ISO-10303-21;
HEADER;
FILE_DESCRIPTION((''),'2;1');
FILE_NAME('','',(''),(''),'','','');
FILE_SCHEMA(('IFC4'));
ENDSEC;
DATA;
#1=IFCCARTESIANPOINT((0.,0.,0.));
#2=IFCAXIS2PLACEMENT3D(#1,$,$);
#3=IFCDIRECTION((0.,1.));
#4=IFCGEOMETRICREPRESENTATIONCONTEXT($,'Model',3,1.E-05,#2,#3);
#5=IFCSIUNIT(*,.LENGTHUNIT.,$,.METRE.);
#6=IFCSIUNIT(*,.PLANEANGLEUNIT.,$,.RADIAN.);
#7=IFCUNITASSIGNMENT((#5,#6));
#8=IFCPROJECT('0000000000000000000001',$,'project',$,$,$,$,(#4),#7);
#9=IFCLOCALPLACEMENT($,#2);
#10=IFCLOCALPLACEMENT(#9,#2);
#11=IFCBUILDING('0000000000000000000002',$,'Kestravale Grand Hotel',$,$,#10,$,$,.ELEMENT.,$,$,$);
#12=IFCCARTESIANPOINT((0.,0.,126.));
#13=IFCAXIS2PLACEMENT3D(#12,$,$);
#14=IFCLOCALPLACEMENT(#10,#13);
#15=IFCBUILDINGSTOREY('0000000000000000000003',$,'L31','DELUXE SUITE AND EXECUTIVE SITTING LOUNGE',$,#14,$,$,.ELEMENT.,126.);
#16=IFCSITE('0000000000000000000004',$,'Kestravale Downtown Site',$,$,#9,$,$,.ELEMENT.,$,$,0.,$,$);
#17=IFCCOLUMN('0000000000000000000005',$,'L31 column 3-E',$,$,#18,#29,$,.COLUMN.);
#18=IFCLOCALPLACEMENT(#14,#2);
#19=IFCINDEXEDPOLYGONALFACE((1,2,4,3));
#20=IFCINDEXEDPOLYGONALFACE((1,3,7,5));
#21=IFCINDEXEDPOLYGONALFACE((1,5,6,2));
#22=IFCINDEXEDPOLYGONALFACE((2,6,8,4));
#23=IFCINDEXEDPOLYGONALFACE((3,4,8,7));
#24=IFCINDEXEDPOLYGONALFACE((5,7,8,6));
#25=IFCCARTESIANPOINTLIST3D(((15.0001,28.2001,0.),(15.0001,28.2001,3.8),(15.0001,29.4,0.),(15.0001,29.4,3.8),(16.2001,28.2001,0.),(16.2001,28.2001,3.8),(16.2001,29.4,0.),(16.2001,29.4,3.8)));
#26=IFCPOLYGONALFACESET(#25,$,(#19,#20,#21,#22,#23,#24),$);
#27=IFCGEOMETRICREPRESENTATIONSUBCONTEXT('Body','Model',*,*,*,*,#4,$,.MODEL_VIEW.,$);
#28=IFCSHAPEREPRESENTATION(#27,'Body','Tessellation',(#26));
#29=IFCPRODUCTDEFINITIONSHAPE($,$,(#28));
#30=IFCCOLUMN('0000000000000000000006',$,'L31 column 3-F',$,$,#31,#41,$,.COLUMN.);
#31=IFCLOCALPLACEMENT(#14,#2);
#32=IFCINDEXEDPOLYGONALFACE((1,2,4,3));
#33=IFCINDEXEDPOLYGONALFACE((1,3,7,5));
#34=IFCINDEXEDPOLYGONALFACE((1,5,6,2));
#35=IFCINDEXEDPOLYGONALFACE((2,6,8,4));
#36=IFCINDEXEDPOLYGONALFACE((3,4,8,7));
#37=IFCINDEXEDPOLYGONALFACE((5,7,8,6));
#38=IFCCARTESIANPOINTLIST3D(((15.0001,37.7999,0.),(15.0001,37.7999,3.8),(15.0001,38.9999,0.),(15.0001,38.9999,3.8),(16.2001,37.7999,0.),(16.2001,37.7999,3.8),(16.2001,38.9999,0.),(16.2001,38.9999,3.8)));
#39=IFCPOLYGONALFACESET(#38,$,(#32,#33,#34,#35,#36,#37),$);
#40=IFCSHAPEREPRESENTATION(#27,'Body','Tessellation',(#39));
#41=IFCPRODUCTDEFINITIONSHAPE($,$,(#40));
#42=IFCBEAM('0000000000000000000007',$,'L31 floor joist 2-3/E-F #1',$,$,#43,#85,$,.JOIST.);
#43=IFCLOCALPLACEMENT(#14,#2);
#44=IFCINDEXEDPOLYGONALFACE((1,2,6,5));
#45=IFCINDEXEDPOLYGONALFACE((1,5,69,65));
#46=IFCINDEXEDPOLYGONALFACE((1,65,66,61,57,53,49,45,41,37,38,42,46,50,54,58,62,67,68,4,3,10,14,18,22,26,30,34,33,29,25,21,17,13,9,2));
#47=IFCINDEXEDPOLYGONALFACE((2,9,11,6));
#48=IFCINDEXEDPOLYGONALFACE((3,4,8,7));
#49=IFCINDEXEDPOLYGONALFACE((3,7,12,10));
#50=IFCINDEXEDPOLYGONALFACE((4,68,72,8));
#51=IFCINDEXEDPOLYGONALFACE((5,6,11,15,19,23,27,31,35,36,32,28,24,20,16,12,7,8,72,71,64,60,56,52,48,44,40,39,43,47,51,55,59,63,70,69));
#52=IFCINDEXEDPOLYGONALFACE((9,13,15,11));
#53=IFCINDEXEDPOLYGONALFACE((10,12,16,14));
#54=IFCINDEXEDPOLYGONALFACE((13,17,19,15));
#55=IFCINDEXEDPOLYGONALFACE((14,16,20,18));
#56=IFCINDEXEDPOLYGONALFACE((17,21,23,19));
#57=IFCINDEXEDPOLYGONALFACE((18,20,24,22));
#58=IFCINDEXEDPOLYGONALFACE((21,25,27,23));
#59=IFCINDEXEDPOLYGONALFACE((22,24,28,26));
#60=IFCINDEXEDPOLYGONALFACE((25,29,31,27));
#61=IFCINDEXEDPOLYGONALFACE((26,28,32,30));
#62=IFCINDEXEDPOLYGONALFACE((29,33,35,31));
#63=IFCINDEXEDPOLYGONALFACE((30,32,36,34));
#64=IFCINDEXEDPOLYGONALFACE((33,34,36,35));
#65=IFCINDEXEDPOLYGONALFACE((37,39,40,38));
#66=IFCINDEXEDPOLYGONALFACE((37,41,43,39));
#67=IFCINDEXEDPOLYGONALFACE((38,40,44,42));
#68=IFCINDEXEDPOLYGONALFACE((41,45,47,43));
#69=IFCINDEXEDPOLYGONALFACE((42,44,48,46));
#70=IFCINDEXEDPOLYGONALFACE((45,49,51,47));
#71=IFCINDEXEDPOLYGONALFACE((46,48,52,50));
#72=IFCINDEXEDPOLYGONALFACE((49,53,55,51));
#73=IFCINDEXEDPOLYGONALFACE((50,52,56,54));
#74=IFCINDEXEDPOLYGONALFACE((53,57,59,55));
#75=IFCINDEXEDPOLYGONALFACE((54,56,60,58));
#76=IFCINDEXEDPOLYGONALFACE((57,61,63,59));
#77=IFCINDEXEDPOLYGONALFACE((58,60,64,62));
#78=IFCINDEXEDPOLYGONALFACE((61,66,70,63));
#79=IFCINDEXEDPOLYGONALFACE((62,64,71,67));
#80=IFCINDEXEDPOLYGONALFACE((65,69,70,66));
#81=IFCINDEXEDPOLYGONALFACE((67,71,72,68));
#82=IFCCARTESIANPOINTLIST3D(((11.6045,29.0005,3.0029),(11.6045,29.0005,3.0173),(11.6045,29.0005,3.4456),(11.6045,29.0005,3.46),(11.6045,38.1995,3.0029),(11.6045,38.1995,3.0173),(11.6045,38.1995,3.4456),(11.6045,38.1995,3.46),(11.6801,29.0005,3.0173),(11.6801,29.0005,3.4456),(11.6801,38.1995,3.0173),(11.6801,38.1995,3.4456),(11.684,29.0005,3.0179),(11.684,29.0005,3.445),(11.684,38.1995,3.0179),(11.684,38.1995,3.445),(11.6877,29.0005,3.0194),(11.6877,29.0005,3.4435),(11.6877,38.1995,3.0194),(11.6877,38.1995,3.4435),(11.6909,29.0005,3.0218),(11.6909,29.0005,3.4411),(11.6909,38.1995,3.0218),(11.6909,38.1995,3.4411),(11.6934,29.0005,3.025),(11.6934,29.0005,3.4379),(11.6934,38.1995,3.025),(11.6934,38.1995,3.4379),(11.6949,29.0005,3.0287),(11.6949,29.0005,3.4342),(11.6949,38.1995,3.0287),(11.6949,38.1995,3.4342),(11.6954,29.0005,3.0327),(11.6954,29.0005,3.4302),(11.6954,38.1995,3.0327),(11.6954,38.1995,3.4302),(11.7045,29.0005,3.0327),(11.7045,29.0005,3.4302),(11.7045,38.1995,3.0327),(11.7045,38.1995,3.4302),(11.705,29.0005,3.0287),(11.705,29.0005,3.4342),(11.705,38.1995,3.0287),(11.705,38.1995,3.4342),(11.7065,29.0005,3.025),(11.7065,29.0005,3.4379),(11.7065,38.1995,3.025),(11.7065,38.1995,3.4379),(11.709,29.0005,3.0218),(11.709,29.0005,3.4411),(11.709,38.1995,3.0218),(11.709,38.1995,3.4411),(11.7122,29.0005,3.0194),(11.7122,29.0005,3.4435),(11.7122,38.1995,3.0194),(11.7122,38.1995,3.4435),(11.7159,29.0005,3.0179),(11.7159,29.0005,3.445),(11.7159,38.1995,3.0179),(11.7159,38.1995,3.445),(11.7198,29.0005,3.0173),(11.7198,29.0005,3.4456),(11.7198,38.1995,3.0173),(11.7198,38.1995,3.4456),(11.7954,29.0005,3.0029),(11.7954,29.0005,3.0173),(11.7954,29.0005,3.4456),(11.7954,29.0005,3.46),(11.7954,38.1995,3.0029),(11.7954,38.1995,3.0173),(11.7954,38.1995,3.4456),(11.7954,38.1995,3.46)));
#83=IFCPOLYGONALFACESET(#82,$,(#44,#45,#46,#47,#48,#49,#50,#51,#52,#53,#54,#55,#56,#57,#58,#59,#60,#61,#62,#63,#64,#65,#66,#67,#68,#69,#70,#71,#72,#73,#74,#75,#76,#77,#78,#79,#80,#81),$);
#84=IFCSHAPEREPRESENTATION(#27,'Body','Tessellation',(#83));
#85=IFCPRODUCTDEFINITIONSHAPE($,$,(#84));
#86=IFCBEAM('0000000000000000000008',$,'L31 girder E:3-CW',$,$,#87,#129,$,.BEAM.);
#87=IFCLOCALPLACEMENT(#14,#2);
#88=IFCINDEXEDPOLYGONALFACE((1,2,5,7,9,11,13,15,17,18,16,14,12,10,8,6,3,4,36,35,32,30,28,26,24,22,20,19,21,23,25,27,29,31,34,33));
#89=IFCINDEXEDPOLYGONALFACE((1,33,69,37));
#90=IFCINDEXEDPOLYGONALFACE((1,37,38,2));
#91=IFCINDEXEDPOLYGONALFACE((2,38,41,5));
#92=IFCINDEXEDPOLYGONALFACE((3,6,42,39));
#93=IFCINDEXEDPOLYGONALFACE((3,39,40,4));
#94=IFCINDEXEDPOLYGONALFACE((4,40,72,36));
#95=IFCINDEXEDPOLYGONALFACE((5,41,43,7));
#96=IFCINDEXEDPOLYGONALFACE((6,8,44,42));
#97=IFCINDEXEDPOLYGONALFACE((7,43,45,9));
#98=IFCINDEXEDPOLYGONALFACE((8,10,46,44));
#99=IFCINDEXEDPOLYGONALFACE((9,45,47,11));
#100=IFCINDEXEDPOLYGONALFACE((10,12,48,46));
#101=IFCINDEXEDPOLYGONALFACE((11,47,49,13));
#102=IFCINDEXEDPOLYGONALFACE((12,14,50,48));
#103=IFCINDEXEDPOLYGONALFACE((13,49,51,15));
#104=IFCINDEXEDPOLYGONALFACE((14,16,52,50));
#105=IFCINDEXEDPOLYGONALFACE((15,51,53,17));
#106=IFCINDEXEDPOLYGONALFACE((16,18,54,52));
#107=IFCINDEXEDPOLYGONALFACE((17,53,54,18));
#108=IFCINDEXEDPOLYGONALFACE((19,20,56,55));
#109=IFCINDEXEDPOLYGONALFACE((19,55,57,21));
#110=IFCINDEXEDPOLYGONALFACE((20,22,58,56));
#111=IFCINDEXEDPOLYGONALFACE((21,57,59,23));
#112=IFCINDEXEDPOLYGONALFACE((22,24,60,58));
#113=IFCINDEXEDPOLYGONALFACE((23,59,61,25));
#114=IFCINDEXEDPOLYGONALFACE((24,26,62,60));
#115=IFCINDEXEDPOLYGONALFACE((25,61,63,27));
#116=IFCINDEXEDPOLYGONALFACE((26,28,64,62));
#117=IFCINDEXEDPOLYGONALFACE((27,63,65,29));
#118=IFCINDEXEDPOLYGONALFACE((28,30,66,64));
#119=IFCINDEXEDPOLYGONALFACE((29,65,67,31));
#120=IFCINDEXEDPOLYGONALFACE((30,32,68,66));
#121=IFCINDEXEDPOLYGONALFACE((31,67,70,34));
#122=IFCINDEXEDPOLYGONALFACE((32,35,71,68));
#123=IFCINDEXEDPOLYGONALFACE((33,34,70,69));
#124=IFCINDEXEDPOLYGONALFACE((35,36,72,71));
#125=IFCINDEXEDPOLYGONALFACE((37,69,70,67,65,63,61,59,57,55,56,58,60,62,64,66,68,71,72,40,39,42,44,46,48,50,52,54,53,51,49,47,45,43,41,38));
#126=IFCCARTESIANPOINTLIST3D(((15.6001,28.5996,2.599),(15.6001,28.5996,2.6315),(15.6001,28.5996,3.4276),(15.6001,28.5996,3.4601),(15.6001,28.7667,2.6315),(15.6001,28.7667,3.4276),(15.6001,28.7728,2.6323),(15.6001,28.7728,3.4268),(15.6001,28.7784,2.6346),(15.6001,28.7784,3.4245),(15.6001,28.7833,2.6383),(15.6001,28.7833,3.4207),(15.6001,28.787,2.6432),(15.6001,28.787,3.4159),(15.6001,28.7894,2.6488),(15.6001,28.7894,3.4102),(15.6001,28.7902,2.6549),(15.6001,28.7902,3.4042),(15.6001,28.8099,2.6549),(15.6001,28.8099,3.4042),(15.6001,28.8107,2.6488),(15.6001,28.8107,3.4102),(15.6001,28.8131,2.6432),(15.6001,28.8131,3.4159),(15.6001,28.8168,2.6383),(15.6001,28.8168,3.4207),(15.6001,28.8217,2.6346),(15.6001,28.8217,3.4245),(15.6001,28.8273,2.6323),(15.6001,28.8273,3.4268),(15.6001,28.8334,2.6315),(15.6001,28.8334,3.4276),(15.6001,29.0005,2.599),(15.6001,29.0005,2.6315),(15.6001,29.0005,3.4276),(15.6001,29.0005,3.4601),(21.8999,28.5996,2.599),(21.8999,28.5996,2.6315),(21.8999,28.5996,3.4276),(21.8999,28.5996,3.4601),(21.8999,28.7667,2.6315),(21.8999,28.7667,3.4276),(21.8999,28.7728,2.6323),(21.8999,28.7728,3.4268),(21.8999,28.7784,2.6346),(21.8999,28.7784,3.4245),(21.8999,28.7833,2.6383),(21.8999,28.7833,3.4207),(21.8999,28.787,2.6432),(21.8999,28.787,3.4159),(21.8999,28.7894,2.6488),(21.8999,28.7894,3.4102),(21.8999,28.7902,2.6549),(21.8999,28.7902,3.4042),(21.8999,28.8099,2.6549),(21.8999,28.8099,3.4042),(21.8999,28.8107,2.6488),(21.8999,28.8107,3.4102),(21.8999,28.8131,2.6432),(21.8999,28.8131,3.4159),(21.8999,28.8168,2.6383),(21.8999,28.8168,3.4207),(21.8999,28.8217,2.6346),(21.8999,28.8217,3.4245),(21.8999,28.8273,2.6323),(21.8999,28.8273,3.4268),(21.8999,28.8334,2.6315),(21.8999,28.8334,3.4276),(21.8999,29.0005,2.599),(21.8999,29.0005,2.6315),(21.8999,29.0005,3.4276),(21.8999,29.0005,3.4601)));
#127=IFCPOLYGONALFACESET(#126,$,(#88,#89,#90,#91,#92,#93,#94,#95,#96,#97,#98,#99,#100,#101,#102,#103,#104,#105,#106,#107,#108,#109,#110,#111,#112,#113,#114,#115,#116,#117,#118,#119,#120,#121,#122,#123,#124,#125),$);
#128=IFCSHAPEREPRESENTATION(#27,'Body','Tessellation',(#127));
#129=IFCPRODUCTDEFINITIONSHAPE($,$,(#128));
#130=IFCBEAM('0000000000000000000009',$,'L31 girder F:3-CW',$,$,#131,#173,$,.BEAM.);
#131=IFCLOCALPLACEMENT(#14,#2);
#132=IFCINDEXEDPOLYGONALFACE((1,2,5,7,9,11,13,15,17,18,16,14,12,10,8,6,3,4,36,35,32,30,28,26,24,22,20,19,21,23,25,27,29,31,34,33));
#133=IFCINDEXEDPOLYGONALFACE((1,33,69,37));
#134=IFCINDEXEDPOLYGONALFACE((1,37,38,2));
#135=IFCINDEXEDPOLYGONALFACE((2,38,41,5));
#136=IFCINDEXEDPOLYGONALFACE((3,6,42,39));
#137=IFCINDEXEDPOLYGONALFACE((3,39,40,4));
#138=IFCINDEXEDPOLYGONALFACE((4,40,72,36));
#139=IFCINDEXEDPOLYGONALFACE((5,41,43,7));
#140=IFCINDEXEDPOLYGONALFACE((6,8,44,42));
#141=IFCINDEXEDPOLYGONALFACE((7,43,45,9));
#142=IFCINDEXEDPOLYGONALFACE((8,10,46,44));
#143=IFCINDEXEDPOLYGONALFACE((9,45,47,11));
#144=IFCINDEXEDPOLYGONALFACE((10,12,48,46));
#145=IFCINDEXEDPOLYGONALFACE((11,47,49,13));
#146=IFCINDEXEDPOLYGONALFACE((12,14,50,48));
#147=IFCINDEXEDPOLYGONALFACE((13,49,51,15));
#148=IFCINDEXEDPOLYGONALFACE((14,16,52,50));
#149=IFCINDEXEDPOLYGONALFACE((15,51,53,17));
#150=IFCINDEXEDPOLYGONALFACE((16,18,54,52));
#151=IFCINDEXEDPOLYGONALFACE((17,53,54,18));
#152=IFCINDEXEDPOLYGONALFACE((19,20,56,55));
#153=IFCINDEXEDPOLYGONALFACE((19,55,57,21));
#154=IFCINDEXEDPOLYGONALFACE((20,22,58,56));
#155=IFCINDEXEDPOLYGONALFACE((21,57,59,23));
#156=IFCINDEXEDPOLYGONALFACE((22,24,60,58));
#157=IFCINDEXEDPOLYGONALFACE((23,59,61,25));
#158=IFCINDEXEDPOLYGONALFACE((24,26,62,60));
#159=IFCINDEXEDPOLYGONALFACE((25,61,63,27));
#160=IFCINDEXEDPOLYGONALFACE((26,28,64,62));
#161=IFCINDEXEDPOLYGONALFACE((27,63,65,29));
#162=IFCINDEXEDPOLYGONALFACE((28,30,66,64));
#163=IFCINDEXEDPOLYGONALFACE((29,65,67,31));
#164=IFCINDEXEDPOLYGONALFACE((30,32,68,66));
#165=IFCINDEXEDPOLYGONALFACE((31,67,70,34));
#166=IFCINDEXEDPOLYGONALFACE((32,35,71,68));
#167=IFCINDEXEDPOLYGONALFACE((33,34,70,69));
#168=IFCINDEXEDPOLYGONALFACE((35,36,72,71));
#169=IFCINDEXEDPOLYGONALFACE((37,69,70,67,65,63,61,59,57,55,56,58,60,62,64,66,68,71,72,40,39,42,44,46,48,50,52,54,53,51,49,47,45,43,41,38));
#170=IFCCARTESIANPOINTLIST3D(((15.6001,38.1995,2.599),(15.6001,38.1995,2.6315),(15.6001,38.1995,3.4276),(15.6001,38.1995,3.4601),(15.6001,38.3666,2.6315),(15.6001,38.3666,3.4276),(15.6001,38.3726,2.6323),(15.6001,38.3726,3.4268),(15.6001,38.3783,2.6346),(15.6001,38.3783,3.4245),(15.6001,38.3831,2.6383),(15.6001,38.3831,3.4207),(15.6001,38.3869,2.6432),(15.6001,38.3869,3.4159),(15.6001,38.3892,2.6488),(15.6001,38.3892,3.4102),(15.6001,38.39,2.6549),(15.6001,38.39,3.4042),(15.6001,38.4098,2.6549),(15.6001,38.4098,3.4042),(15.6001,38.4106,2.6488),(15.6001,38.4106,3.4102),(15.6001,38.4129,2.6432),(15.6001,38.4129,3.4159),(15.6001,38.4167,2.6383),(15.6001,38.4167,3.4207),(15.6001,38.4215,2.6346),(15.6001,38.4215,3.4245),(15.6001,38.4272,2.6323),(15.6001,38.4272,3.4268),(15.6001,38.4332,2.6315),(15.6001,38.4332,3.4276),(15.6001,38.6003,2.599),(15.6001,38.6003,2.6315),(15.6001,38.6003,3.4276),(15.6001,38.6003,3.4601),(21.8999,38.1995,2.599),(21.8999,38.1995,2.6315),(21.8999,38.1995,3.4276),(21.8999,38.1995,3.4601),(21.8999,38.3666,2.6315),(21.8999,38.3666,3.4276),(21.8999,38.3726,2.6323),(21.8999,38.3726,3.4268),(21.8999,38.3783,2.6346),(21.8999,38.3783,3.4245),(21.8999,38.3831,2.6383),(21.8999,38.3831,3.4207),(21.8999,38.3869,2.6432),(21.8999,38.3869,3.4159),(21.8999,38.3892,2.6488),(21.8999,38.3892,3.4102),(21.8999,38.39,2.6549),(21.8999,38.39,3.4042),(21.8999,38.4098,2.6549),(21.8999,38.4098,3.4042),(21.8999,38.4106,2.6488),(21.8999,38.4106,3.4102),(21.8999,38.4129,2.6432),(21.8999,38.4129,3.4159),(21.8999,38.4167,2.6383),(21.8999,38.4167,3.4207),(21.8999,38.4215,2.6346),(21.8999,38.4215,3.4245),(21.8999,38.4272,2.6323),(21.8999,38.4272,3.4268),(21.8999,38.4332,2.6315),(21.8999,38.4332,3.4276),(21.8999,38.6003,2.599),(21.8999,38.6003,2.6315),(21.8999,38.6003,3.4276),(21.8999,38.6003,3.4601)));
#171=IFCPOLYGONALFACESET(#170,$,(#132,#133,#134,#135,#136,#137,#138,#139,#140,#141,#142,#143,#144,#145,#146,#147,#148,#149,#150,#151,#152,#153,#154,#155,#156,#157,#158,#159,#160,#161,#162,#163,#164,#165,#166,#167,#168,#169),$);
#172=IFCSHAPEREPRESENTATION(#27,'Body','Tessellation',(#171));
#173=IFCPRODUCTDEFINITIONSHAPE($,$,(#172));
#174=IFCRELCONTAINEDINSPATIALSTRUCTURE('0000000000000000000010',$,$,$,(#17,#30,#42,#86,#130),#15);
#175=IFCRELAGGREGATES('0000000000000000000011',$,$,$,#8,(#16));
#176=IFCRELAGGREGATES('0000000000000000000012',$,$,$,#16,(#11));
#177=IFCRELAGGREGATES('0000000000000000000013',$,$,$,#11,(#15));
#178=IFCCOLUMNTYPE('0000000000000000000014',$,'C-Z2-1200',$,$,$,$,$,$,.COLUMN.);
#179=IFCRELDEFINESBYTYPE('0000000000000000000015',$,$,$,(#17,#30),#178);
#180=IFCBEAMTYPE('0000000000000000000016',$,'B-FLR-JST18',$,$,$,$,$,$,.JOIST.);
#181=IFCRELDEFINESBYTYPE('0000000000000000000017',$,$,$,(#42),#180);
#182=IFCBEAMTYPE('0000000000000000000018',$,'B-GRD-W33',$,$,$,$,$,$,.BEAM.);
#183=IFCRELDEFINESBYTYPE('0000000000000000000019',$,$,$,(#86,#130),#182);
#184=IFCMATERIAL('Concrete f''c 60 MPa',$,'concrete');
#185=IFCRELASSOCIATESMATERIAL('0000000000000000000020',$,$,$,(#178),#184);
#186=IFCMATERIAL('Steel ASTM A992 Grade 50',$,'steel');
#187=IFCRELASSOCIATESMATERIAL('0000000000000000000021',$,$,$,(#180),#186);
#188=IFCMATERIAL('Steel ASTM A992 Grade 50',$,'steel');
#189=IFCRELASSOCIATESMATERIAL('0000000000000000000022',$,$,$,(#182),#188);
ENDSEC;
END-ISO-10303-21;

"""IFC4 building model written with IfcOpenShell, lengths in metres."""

from ifc_helpers import new_model, si_unit, direction, frame, origin, origin_2d, place, context, subcontext, project, spatial, rectangle, i_section, extrude, material, material_profile, profile_set, type_object, element, save


model = new_model("IFC4")

# Units and contexts
model_context = context("Model", 3, precision=1e-05, world=origin(), true_north=direction((0.0, 1.0)))
body_context = subcontext(model_context, "Body", "Model", "MODEL_VIEW")
ifc_project = project(units=[si_unit("LENGTHUNIT", "METRE"), si_unit("PLANEANGLEUNIT", "RADIAN")], contexts=[model_context])

# Site, building, storey
site_placement = place(None, origin())
site = spatial("IfcSite", under=ifc_project, at=site_placement, Name="Kestravale Downtown Site", CompositionType="ELEMENT", RefElevation=0.0)
building_placement = place(site_placement, origin())
building = spatial("IfcBuilding", under=site, at=building_placement, Name="Kestravale Grand Hotel", CompositionType="ELEMENT")
storey_placement = place(building_placement, frame((0.0, 0.0, 126.0)))
storey = spatial("IfcBuildingStorey", under=building, at=storey_placement, Name="L31", Description="DELUXE SUITE AND EXECUTIVE SITTING LOUNGE", CompositionType="ELEMENT", Elevation=126.0)

# Columns
ifc_material_1 = material(Name="Concrete f'c 60 MPa", Category="concrete")
ifc_material_profile_1 = material_profile(ifc_material_1, rectangle(XDim=1.2, YDim=1.2, at=origin_2d()))
ifc_profile_set_1 = profile_set([ifc_material_profile_1], Name="Concrete f'c 60 MPa")
column_type = type_object("IfcColumnType", Name="C-Z2-1200", PredefinedType="COLUMN", material=ifc_profile_set_1)
for number, where, z_axis, x_axis, name in (
    (1, (15.6001, 28.8, 0.0), (0.0, 0.0, 1.0), (1.0, 0.0, 0.0), "L31 column 3-E"),
    (2, (15.6001, 38.3999, 0.0), (0.0, 0.0, 1.0), (1.0, 0.0, 0.0), "L31 column 3-F"),
):
    element("IfcColumn", number, at=place(storey_placement, frame(where, z_axis=z_axis, x_axis=x_axis)), inside=storey, type_object=column_type, Name=name, PredefinedType="COLUMN", context=body_context, shape_type="SweptSolid", body=[
        extrude(rectangle(XDim=1.2, YDim=1.2, at=origin_2d()), origin(), (0.0, 0.0, 1.0), 3.8),
    ])

# Beams
ifc_material_2 = material(Name="Steel ASTM A992 Grade 50", Category="steel")
ifc_material_profile_2 = material_profile(ifc_material_2, i_section(OverallWidth=0.1909, OverallDepth=0.457, WebThickness=0.009, FlangeThickness=0.0144, FilletRadius=0.0154, at=origin_2d()))
ifc_profile_set_2 = profile_set([ifc_material_profile_2], Name="Steel ASTM A992 Grade 50")
beam_type_1 = type_object("IfcBeamType", Name="B-FLR-JST18", PredefinedType="JOIST", material=ifc_profile_set_2)
beam_1_placement = place(storey_placement, frame((11.7, 29.0005, 3.2314), z_axis=(0.0, 1.0, 0.0), x_axis=(-1.0, 0.0, 0.0)))
element("IfcBeam", 3, at=beam_1_placement, inside=storey, type_object=beam_type_1, Name="L31 floor joist 2-3/E-F #1", PredefinedType="JOIST", context=body_context, shape_type="SweptSolid", body=[
    extrude(i_section(OverallWidth=0.1909, OverallDepth=0.457, WebThickness=0.009, FlangeThickness=0.0144, FilletRadius=0.0154, at=origin_2d()), origin(), (0.0, 0.0, 1.0), 9.199),
])
ifc_material_3 = material(Name="Steel ASTM A992 Grade 50", Category="steel")
ifc_material_profile_3 = material_profile(ifc_material_3, i_section(OverallWidth=0.4009, OverallDepth=0.8611, WebThickness=0.0198, FlangeThickness=0.0325, FilletRadius=0.0234, at=origin_2d()))
ifc_profile_set_3 = profile_set([ifc_material_profile_3], Name="Steel ASTM A992 Grade 50")
beam_type_2 = type_object("IfcBeamType", Name="B-GRD-W33", PredefinedType="BEAM", material=ifc_profile_set_3)
for number, where, z_axis, x_axis, name in (
    (4, (15.6001, 28.8, 3.0295), (1.0, 0.0, 0.0), (0.0, 1.0, 0.0), "L31 girder E:3-CW"),
    (5, (15.6001, 38.3999, 3.0295), (1.0, 0.0, 0.0), (0.0, 1.0, 0.0), "L31 girder F:3-CW"),
):
    element("IfcBeam", number, at=place(storey_placement, frame(where, z_axis=z_axis, x_axis=x_axis)), inside=storey, type_object=beam_type_2, Name=name, PredefinedType="BEAM", context=body_context, shape_type="SweptSolid", body=[
        extrude(i_section(OverallWidth=0.4009, OverallDepth=0.8611, WebThickness=0.0198, FlangeThickness=0.0325, FilletRadius=0.0234, at=origin_2d()), origin(), (0.0, 0.0, 1.0), 6.2998),
    ])

save(model, "model.ifc")
